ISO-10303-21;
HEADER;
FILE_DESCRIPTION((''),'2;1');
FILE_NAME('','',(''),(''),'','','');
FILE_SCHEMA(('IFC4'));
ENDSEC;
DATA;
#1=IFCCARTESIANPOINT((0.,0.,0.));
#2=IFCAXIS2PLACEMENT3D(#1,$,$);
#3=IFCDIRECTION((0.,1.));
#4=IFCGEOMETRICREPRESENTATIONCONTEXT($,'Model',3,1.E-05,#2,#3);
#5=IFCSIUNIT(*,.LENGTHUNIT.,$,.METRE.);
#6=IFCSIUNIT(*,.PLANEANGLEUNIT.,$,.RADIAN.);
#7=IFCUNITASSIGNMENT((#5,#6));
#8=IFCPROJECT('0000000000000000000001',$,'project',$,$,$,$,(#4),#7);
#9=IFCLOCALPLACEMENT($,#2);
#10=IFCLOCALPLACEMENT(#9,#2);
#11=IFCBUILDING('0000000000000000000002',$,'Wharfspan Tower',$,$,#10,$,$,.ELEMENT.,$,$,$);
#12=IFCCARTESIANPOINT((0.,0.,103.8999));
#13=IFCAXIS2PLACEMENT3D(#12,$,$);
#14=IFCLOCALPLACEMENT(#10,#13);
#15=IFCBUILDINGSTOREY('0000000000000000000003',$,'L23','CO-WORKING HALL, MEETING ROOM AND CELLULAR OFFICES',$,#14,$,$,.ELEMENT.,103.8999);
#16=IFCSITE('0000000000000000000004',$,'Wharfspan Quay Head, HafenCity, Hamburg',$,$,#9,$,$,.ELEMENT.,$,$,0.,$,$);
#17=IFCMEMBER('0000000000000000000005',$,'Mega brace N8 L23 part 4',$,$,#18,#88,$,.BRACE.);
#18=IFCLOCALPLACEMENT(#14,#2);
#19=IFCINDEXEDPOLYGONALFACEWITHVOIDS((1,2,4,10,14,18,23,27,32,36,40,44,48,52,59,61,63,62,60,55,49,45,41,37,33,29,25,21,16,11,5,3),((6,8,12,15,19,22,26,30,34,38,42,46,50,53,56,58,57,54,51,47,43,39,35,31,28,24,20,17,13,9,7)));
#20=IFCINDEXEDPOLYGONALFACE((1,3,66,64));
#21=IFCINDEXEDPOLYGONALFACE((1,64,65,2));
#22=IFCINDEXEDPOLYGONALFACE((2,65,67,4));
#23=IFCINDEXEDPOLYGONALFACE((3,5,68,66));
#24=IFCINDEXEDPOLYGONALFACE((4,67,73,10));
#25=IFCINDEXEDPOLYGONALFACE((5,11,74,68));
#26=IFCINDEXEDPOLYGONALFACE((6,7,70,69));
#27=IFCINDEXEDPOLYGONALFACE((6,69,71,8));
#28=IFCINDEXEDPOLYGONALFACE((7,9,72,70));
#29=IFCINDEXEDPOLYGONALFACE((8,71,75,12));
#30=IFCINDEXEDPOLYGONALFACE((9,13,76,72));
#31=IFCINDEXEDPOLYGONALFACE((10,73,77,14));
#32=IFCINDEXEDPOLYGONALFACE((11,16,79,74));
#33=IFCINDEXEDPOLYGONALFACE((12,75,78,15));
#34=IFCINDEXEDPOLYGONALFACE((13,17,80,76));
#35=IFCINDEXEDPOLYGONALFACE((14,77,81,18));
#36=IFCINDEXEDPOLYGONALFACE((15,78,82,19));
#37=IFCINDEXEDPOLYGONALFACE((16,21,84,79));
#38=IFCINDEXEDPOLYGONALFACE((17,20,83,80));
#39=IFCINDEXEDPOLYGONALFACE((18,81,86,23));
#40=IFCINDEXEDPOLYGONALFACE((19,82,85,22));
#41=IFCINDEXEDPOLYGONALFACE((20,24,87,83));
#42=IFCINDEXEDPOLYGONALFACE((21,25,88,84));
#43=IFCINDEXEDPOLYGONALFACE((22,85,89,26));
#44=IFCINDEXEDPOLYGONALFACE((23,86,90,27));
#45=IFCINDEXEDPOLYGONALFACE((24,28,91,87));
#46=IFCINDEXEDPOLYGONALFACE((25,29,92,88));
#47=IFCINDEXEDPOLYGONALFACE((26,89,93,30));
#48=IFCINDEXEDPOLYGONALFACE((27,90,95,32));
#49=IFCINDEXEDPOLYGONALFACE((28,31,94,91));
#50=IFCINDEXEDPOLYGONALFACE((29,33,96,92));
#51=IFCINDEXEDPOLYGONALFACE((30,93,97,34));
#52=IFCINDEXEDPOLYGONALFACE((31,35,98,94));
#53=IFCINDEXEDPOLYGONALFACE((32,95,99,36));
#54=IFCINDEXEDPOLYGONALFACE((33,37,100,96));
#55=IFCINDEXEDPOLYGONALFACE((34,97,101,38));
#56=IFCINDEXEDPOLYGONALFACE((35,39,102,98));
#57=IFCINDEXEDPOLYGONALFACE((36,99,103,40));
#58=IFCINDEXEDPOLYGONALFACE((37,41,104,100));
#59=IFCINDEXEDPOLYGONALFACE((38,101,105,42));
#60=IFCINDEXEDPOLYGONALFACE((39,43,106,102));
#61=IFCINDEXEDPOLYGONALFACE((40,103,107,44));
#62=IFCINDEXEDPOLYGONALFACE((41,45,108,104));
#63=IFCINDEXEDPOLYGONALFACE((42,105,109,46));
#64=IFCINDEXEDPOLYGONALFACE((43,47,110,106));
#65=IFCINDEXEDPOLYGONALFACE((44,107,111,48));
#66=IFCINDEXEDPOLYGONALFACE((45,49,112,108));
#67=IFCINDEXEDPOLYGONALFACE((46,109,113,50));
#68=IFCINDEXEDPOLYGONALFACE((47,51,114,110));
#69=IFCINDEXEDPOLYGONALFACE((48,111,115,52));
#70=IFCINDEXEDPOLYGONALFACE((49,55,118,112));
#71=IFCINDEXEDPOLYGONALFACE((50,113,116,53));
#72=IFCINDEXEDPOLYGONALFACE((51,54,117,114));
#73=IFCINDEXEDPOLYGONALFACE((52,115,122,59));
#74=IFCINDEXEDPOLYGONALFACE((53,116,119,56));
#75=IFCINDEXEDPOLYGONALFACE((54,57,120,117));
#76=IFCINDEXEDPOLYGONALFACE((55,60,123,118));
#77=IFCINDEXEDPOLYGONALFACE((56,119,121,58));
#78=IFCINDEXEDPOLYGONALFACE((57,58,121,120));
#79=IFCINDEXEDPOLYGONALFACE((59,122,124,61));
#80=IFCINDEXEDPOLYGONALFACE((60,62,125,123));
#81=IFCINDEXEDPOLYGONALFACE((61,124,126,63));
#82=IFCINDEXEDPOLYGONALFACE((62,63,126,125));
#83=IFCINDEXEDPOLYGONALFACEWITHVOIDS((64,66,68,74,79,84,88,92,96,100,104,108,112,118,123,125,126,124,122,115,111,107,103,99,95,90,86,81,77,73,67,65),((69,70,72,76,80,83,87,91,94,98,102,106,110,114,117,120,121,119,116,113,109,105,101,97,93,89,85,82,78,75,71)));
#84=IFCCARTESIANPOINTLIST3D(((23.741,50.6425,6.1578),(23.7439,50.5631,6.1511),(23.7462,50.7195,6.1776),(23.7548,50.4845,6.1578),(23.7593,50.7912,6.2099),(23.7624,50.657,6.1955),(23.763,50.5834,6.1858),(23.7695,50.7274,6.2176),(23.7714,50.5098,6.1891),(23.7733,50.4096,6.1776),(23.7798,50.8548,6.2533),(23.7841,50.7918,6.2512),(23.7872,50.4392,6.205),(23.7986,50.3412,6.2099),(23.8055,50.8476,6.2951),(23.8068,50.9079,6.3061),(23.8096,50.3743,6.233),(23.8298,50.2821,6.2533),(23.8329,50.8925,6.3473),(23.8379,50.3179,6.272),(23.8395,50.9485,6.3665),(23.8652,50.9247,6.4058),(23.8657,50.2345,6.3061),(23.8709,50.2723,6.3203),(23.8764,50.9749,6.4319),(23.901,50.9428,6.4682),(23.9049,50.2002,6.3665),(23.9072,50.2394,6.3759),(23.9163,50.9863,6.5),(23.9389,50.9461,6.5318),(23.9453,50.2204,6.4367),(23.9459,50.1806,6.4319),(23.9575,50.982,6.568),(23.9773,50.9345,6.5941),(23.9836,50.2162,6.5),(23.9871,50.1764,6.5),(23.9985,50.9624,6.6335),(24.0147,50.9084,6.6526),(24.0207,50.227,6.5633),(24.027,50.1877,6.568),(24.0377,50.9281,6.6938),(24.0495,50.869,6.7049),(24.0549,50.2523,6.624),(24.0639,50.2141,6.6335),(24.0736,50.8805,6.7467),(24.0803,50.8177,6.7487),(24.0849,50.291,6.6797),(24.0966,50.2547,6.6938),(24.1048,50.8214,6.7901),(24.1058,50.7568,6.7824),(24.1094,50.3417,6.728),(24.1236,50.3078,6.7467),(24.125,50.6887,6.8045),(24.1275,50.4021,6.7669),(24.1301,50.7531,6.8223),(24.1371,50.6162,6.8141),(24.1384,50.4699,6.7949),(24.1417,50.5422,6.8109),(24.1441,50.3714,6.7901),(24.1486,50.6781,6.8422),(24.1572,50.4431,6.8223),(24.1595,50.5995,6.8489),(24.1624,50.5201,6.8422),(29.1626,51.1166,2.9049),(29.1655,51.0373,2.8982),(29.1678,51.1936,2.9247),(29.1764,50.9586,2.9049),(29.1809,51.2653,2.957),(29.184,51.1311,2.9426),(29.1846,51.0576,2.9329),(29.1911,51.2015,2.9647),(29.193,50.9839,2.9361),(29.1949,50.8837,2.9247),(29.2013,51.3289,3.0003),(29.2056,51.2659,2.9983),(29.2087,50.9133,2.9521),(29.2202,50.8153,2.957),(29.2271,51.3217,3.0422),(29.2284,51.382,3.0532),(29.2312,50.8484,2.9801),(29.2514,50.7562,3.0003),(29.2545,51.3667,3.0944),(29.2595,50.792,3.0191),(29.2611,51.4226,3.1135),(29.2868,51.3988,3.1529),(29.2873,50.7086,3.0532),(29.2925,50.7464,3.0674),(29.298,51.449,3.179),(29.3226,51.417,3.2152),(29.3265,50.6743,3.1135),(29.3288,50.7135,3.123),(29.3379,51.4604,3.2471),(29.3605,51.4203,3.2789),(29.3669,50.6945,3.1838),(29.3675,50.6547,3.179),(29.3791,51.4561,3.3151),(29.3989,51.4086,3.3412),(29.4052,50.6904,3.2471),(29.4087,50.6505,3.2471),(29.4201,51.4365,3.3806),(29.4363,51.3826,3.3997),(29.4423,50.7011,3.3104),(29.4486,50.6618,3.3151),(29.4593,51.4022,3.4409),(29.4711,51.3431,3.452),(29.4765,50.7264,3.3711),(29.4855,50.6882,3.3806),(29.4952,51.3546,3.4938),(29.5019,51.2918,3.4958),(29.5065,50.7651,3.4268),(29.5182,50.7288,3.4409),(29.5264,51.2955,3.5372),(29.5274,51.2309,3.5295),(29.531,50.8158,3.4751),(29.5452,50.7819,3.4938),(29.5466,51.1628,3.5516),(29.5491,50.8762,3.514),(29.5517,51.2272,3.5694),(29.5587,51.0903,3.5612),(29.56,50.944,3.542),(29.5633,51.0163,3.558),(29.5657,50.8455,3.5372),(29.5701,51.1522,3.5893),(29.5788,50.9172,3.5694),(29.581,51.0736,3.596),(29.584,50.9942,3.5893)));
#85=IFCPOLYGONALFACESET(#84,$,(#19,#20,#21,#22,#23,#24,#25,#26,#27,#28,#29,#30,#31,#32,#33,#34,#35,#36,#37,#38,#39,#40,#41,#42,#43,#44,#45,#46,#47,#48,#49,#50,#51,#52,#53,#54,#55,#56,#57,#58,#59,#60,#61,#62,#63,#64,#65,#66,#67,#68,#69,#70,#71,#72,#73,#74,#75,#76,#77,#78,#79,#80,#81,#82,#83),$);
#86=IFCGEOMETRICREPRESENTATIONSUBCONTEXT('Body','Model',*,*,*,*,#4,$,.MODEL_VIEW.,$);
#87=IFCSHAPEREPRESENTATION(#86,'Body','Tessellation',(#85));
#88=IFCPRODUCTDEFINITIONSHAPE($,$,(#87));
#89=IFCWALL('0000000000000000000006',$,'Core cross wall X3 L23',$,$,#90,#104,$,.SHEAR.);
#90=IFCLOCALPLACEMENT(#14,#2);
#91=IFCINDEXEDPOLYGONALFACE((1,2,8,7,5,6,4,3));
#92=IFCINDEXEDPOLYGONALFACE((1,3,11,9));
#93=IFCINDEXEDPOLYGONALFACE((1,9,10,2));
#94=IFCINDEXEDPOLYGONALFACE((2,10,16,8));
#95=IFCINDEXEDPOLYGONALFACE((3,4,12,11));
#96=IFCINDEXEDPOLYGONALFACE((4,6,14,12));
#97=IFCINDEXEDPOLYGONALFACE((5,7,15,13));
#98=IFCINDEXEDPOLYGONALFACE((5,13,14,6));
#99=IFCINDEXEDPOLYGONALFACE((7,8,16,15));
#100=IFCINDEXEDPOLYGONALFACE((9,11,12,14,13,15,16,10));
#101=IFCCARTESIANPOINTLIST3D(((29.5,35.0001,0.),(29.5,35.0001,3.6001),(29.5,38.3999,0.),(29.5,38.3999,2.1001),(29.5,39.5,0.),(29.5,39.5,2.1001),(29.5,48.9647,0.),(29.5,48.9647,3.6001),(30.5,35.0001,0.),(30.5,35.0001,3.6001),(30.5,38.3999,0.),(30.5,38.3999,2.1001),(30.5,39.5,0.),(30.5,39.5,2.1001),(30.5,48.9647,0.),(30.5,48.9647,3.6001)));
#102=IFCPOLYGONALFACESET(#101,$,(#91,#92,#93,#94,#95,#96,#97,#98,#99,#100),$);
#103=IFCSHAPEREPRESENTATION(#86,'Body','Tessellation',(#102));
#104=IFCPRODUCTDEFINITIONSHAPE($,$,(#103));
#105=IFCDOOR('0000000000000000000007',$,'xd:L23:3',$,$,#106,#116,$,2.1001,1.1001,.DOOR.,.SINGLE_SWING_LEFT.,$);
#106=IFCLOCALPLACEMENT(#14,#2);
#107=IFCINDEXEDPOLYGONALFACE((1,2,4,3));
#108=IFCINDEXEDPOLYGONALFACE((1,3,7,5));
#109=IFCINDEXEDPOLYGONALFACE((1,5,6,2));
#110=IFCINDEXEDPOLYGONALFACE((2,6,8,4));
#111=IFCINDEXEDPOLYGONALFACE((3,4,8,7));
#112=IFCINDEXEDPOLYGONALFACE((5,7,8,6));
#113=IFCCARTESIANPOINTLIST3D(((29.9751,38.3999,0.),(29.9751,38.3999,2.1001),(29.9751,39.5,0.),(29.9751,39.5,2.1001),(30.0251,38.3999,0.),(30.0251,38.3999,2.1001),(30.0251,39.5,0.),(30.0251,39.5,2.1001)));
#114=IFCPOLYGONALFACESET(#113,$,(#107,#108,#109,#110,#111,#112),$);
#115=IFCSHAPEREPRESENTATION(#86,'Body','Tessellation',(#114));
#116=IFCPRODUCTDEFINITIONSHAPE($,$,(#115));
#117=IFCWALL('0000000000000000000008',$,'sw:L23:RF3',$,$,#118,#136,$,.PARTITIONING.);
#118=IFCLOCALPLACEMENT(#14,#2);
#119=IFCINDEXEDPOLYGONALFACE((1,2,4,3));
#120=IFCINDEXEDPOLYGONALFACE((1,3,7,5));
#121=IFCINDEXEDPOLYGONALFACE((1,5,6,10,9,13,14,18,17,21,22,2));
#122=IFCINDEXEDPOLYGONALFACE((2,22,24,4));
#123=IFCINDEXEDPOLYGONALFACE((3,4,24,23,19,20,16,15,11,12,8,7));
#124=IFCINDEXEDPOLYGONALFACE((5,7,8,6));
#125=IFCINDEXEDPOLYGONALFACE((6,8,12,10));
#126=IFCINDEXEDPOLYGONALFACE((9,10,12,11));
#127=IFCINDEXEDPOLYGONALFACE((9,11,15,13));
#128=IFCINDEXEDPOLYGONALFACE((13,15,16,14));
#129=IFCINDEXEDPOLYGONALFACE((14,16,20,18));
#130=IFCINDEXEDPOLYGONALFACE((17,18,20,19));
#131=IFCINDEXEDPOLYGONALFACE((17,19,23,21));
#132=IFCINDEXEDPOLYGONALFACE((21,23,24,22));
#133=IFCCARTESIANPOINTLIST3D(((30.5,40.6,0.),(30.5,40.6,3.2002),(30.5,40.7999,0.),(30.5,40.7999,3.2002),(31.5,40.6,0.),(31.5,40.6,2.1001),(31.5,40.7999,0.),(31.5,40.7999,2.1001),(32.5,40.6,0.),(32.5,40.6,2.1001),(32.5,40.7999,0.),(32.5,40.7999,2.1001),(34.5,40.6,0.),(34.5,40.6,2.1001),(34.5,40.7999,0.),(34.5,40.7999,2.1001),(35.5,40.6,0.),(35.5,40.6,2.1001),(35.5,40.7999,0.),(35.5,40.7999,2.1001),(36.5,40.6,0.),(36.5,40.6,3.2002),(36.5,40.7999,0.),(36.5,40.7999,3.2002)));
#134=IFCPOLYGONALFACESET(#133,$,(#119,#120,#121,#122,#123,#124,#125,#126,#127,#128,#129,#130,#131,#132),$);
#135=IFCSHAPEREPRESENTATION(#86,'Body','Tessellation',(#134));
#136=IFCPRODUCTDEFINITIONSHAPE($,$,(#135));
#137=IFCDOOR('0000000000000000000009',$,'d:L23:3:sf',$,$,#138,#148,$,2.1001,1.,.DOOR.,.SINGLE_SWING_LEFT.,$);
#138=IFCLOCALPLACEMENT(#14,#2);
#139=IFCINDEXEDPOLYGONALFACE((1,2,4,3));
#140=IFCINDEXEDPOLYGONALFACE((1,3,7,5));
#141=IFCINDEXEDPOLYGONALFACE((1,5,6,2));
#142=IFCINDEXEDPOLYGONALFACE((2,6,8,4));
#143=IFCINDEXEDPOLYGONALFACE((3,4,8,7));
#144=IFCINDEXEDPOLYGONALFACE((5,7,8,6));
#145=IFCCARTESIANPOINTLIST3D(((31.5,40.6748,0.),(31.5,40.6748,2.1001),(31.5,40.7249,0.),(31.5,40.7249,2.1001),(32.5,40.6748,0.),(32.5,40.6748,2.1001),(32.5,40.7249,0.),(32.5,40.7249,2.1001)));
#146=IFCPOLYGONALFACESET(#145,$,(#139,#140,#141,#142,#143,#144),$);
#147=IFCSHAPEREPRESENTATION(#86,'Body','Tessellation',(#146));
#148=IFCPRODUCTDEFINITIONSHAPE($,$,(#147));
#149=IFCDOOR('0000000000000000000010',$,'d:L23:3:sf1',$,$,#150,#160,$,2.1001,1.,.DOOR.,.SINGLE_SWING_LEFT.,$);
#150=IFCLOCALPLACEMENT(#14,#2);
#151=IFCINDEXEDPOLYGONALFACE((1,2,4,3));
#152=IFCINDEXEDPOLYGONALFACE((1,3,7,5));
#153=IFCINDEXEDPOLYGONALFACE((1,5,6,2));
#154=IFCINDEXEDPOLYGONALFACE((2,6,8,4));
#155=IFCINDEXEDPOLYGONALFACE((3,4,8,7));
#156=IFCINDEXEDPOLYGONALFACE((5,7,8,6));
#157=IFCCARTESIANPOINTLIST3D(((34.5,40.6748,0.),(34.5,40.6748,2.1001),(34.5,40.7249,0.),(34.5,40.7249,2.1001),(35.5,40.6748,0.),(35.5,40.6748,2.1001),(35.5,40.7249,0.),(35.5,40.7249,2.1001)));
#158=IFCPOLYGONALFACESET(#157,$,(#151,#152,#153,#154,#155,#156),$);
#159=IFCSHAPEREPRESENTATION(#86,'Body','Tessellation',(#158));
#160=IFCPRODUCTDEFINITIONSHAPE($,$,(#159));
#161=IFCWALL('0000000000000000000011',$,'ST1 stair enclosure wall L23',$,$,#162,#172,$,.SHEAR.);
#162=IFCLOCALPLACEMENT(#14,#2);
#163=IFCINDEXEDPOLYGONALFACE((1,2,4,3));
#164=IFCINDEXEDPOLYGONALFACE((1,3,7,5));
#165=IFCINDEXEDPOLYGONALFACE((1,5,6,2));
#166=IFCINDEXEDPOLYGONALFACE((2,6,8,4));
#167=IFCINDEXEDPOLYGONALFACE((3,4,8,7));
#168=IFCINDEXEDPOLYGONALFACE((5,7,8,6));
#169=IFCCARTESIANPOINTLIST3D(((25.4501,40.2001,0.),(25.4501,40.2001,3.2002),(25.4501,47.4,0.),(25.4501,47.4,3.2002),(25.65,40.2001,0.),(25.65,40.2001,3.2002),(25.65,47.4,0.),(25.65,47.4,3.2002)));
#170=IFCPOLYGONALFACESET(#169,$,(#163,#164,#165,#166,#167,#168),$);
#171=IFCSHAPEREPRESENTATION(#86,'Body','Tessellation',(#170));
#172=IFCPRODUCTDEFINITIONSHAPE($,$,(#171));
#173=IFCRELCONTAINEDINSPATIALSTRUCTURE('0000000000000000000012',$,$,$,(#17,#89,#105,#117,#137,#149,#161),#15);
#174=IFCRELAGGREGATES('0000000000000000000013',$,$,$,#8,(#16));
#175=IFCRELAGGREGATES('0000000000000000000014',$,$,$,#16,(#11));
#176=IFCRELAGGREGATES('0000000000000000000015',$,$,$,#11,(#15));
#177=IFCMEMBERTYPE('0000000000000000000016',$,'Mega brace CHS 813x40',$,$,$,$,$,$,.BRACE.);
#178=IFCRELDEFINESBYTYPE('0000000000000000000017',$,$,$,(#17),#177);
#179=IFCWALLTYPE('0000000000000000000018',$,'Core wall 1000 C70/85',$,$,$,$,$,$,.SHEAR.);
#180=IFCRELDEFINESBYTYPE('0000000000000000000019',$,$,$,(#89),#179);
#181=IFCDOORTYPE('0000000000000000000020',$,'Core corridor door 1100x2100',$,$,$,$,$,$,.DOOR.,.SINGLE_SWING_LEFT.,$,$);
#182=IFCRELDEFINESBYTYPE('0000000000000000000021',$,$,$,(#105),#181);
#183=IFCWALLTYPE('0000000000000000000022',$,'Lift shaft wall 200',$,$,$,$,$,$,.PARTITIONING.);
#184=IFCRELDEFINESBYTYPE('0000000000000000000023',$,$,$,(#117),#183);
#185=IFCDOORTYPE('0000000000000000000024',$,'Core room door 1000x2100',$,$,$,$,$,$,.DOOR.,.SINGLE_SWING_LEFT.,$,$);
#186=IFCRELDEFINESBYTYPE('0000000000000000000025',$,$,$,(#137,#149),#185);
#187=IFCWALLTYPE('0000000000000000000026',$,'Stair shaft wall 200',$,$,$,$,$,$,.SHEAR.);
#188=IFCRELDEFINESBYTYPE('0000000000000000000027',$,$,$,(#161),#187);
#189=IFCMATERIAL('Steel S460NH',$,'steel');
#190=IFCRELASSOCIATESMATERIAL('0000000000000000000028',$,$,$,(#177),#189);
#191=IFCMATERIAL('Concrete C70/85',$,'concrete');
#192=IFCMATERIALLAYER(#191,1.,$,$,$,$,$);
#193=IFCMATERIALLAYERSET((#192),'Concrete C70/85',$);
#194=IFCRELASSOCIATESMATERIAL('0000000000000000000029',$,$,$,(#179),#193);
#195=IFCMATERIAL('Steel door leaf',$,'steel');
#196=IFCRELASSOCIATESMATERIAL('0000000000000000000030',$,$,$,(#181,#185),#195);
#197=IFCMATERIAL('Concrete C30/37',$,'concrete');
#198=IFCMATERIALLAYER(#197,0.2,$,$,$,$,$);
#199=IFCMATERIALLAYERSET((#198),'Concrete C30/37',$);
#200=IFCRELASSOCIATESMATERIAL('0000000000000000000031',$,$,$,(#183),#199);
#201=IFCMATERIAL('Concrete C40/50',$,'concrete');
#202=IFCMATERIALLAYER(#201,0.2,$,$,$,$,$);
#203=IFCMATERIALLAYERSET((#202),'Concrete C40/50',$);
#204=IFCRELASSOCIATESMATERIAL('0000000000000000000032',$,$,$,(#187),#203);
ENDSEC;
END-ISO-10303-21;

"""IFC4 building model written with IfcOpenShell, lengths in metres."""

from ifc_helpers import new_model, si_unit, direction, frame, frame_2d, origin, origin_2d, place, context, subcontext, project, spatial, rectangle, hollow_circle, extrude, material, layer, layer_set, material_profile, profile_set, type_object, element, fill, save


model = new_model("IFC4")

# Units and contexts
model_context = context("Model", 3, precision=1e-05, world=origin(), true_north=direction((0.0, 1.0)))
body_context = subcontext(model_context, "Body", "Model", "MODEL_VIEW")
ifc_project = project(units=[si_unit("LENGTHUNIT", "METRE"), si_unit("PLANEANGLEUNIT", "RADIAN")], contexts=[model_context])

# Site, building, storey
site_placement = place(None, origin())
site = spatial("IfcSite", under=ifc_project, at=site_placement, Name="Wharfspan Quay Head, HafenCity, Hamburg", CompositionType="ELEMENT", RefElevation=0.0)
building_placement = place(site_placement, origin())
building = spatial("IfcBuilding", under=site, at=building_placement, Name="Wharfspan Tower", CompositionType="ELEMENT")
storey_placement = place(building_placement, frame((0.0, 0.0, 103.8999)))
storey = spatial("IfcBuildingStorey", under=building, at=storey_placement, Name="L23", Description="CO-WORKING HALL, MEETING ROOM AND CELLULAR OFFICES", CompositionType="ELEMENT", Elevation=103.8999)

# Member
ifc_material_1 = material(Name="Steel S460NH", Category="steel")
ifc_material_profile_1 = material_profile(ifc_material_1, hollow_circle(Radius=0.4065, WallThickness=0.04, at=origin_2d()))
ifc_profile_set_1 = profile_set([ifc_material_profile_1], Name="Steel S460NH")
member_type_1 = type_object("IfcMemberType", Name="Mega brace CHS 813x40", PredefinedType="BRACE", material=ifc_profile_set_1)
member_1_placement = place(storey_placement, frame((29.3733, 51.0554, 3.2471), z_axis=(-0.855096, -0.074778, 0.51305), x_axis=(0.087117, -0.996194, 0.0)))
element("IfcMember", 1, at=member_1_placement, inside=storey, type_object=member_type_1, Name="Mega brace N8 L23 part 4", PredefinedType="BRACE", context=body_context, shape_type="SweptSolid", body=[
    extrude(hollow_circle(Radius=0.4065, WallThickness=0.04, at=origin_2d()), origin(), (0.0, 0.0, 1.0), 6.3403),
])

# Wall, opening, door
ifc_material_2 = material(Name="Concrete C70/85", Category="concrete")
ifc_layer_1 = layer(ifc_material_2, 1.0)
ifc_layer_set_1 = layer_set([ifc_layer_1], Name="Concrete C70/85")
wall_type_1 = type_object("IfcWallType", Name="Core wall 1000 C70/85", PredefinedType="SHEAR", material=ifc_layer_set_1)
wall_1_placement = place(storey_placement, frame((30.0, 35.0, 0.0), z_axis=(0.0, 0.0, 1.0), x_axis=(0.0, 1.0, 0.0)))
wall_1 = element("IfcWall", 2, at=wall_1_placement, inside=storey, type_object=wall_type_1, Name="Core cross wall X3 L23", PredefinedType="SHEAR", context=body_context, shape_type="SweptSolid", body=[
    extrude(rectangle(XDim=13.9646, YDim=1.0, at=frame_2d((6.9824, 0.0))), origin(), (0.0, 0.0, 1.0), 3.6001),
])
opening_1_placement = place(wall_1_placement, frame((3.3999, 0.0, 0.0)))
opening_1 = element("IfcOpeningElement", 3, at=opening_1_placement, cuts=wall_1, PredefinedType="OPENING", context=body_context, shape_type="SweptSolid", body=[
    extrude(rectangle(XDim=1.1001, YDim=2.1001, at=frame_2d((0.55, 1.05))), frame((0.0, 0.51, 0.0), z_axis=(0.0, -1.0, 0.0), x_axis=(1.0, 0.0, 0.0)), (0.0, 0.0, 1.0), 1.02),
])
ifc_material_3 = material(Name="Steel door leaf", Category="steel")
door_type_1 = type_object("IfcDoorType", Name="Core corridor door 1100x2100", OperationType="SINGLE_SWING_LEFT", PredefinedType="DOOR", material=ifc_material_3)
door_1_placement = place(opening_1_placement, origin())
door_1 = element("IfcDoor", 4, at=door_1_placement, inside=storey, type_object=door_type_1, Name="xd:L23:3", OperationType="SINGLE_SWING_LEFT", OverallHeight=2.1001, OverallWidth=1.1001, PredefinedType="DOOR", context=body_context, shape_type="SweptSolid", body=[
    extrude(rectangle(XDim=1.1001, YDim=2.1001, at=frame_2d((0.55, 1.05))), frame((0.0, 0.0249, 0.0), z_axis=(0.0, -1.0, 0.0), x_axis=(1.0, 0.0, 0.0)), (0.0, 0.0, 1.0), 0.05),
])
fill(opening_1, door_1)

# Wall, openings, doors
ifc_material_4 = material(Name="Concrete C30/37", Category="concrete")
ifc_layer_2 = layer(ifc_material_4, 0.2)
ifc_layer_set_2 = layer_set([ifc_layer_2], Name="Concrete C30/37")
wall_type_2 = type_object("IfcWallType", Name="Lift shaft wall 200", PredefinedType="PARTITIONING", material=ifc_layer_set_2)
wall_2_placement = place(storey_placement, frame((30.5, 40.7, 0.0), z_axis=(0.0, 0.0, 1.0), x_axis=(1.0, 0.0, 0.0)))
wall_2 = element("IfcWall", 5, at=wall_2_placement, inside=storey, type_object=wall_type_2, Name="sw:L23:RF3", PredefinedType="PARTITIONING", context=body_context, shape_type="SweptSolid", body=[
    extrude(rectangle(XDim=6.0, YDim=0.2, at=frame_2d((3.0, 0.0))), origin(), (0.0, 0.0, 1.0), 3.2002),
])
opening_2_placement = place(wall_2_placement, frame((1.0, 0.0, 0.0)))
opening_2 = element("IfcOpeningElement", 6, at=opening_2_placement, cuts=wall_2, PredefinedType="OPENING", context=body_context, shape_type="SweptSolid", body=[
    extrude(rectangle(XDim=1.0, YDim=2.1001, at=frame_2d((0.5, 1.05))), frame((0.0, 0.1099, 0.0), z_axis=(0.0, -1.0, 0.0), x_axis=(1.0, 0.0, 0.0)), (0.0, 0.0, 1.0), 0.22),
])
opening_3_placement = place(wall_2_placement, frame((4.0, 0.0, 0.0)))
opening_3 = element("IfcOpeningElement", 7, at=opening_3_placement, cuts=wall_2, PredefinedType="OPENING", context=body_context, shape_type="SweptSolid", body=[
    extrude(rectangle(XDim=1.0, YDim=2.1001, at=frame_2d((0.5, 1.05))), frame((0.0, 0.1099, 0.0), z_axis=(0.0, -1.0, 0.0), x_axis=(1.0, 0.0, 0.0)), (0.0, 0.0, 1.0), 0.22),
])
door_type_2 = type_object("IfcDoorType", Name="Core room door 1000x2100", OperationType="SINGLE_SWING_LEFT", PredefinedType="DOOR", material=ifc_material_3)
door_2_placement = place(opening_2_placement, origin())
door_2 = element("IfcDoor", 8, at=door_2_placement, inside=storey, type_object=door_type_2, Name="d:L23:3:sf", OperationType="SINGLE_SWING_LEFT", OverallHeight=2.1001, OverallWidth=1.0, PredefinedType="DOOR", context=body_context, shape_type="SweptSolid", body=[
    extrude(rectangle(XDim=1.0, YDim=2.1001, at=frame_2d((0.5, 1.05))), frame((0.0, 0.0249, 0.0), z_axis=(0.0, -1.0, 0.0), x_axis=(1.0, 0.0, 0.0)), (0.0, 0.0, 1.0), 0.05),
])
fill(opening_2, door_2)
door_3_placement = place(opening_3_placement, origin())
door_3 = element("IfcDoor", 9, at=door_3_placement, inside=storey, type_object=door_type_2, Name="d:L23:3:sf1", OperationType="SINGLE_SWING_LEFT", OverallHeight=2.1001, OverallWidth=1.0, PredefinedType="DOOR", context=body_context, shape_type="SweptSolid", body=[
    extrude(rectangle(XDim=1.0, YDim=2.1001, at=frame_2d((0.5, 1.05))), frame((0.0, 0.0249, 0.0), z_axis=(0.0, -1.0, 0.0), x_axis=(1.0, 0.0, 0.0)), (0.0, 0.0, 1.0), 0.05),
])
fill(opening_3, door_3)

# Wall
ifc_material_5 = material(Name="Concrete C40/50", Category="concrete")
ifc_layer_3 = layer(ifc_material_5, 0.2)
ifc_layer_set_3 = layer_set([ifc_layer_3], Name="Concrete C40/50")
wall_type_3 = type_object("IfcWallType", Name="Stair shaft wall 200", PredefinedType="SHEAR", material=ifc_layer_set_3)
wall_3_placement = place(storey_placement, frame((25.55, 40.2, 0.0), z_axis=(0.0, 0.0, 1.0), x_axis=(0.0, 1.0, 0.0)))
element("IfcWall", 10, at=wall_3_placement, inside=storey, type_object=wall_type_3, Name="ST1 stair enclosure wall L23", PredefinedType="SHEAR", context=body_context, shape_type="SweptSolid", body=[
    extrude(rectangle(XDim=7.2, YDim=0.2, at=frame_2d((3.6001, 0.0))), origin(), (0.0, 0.0, 1.0), 3.2002),
])

save(model, "model.ifc")
